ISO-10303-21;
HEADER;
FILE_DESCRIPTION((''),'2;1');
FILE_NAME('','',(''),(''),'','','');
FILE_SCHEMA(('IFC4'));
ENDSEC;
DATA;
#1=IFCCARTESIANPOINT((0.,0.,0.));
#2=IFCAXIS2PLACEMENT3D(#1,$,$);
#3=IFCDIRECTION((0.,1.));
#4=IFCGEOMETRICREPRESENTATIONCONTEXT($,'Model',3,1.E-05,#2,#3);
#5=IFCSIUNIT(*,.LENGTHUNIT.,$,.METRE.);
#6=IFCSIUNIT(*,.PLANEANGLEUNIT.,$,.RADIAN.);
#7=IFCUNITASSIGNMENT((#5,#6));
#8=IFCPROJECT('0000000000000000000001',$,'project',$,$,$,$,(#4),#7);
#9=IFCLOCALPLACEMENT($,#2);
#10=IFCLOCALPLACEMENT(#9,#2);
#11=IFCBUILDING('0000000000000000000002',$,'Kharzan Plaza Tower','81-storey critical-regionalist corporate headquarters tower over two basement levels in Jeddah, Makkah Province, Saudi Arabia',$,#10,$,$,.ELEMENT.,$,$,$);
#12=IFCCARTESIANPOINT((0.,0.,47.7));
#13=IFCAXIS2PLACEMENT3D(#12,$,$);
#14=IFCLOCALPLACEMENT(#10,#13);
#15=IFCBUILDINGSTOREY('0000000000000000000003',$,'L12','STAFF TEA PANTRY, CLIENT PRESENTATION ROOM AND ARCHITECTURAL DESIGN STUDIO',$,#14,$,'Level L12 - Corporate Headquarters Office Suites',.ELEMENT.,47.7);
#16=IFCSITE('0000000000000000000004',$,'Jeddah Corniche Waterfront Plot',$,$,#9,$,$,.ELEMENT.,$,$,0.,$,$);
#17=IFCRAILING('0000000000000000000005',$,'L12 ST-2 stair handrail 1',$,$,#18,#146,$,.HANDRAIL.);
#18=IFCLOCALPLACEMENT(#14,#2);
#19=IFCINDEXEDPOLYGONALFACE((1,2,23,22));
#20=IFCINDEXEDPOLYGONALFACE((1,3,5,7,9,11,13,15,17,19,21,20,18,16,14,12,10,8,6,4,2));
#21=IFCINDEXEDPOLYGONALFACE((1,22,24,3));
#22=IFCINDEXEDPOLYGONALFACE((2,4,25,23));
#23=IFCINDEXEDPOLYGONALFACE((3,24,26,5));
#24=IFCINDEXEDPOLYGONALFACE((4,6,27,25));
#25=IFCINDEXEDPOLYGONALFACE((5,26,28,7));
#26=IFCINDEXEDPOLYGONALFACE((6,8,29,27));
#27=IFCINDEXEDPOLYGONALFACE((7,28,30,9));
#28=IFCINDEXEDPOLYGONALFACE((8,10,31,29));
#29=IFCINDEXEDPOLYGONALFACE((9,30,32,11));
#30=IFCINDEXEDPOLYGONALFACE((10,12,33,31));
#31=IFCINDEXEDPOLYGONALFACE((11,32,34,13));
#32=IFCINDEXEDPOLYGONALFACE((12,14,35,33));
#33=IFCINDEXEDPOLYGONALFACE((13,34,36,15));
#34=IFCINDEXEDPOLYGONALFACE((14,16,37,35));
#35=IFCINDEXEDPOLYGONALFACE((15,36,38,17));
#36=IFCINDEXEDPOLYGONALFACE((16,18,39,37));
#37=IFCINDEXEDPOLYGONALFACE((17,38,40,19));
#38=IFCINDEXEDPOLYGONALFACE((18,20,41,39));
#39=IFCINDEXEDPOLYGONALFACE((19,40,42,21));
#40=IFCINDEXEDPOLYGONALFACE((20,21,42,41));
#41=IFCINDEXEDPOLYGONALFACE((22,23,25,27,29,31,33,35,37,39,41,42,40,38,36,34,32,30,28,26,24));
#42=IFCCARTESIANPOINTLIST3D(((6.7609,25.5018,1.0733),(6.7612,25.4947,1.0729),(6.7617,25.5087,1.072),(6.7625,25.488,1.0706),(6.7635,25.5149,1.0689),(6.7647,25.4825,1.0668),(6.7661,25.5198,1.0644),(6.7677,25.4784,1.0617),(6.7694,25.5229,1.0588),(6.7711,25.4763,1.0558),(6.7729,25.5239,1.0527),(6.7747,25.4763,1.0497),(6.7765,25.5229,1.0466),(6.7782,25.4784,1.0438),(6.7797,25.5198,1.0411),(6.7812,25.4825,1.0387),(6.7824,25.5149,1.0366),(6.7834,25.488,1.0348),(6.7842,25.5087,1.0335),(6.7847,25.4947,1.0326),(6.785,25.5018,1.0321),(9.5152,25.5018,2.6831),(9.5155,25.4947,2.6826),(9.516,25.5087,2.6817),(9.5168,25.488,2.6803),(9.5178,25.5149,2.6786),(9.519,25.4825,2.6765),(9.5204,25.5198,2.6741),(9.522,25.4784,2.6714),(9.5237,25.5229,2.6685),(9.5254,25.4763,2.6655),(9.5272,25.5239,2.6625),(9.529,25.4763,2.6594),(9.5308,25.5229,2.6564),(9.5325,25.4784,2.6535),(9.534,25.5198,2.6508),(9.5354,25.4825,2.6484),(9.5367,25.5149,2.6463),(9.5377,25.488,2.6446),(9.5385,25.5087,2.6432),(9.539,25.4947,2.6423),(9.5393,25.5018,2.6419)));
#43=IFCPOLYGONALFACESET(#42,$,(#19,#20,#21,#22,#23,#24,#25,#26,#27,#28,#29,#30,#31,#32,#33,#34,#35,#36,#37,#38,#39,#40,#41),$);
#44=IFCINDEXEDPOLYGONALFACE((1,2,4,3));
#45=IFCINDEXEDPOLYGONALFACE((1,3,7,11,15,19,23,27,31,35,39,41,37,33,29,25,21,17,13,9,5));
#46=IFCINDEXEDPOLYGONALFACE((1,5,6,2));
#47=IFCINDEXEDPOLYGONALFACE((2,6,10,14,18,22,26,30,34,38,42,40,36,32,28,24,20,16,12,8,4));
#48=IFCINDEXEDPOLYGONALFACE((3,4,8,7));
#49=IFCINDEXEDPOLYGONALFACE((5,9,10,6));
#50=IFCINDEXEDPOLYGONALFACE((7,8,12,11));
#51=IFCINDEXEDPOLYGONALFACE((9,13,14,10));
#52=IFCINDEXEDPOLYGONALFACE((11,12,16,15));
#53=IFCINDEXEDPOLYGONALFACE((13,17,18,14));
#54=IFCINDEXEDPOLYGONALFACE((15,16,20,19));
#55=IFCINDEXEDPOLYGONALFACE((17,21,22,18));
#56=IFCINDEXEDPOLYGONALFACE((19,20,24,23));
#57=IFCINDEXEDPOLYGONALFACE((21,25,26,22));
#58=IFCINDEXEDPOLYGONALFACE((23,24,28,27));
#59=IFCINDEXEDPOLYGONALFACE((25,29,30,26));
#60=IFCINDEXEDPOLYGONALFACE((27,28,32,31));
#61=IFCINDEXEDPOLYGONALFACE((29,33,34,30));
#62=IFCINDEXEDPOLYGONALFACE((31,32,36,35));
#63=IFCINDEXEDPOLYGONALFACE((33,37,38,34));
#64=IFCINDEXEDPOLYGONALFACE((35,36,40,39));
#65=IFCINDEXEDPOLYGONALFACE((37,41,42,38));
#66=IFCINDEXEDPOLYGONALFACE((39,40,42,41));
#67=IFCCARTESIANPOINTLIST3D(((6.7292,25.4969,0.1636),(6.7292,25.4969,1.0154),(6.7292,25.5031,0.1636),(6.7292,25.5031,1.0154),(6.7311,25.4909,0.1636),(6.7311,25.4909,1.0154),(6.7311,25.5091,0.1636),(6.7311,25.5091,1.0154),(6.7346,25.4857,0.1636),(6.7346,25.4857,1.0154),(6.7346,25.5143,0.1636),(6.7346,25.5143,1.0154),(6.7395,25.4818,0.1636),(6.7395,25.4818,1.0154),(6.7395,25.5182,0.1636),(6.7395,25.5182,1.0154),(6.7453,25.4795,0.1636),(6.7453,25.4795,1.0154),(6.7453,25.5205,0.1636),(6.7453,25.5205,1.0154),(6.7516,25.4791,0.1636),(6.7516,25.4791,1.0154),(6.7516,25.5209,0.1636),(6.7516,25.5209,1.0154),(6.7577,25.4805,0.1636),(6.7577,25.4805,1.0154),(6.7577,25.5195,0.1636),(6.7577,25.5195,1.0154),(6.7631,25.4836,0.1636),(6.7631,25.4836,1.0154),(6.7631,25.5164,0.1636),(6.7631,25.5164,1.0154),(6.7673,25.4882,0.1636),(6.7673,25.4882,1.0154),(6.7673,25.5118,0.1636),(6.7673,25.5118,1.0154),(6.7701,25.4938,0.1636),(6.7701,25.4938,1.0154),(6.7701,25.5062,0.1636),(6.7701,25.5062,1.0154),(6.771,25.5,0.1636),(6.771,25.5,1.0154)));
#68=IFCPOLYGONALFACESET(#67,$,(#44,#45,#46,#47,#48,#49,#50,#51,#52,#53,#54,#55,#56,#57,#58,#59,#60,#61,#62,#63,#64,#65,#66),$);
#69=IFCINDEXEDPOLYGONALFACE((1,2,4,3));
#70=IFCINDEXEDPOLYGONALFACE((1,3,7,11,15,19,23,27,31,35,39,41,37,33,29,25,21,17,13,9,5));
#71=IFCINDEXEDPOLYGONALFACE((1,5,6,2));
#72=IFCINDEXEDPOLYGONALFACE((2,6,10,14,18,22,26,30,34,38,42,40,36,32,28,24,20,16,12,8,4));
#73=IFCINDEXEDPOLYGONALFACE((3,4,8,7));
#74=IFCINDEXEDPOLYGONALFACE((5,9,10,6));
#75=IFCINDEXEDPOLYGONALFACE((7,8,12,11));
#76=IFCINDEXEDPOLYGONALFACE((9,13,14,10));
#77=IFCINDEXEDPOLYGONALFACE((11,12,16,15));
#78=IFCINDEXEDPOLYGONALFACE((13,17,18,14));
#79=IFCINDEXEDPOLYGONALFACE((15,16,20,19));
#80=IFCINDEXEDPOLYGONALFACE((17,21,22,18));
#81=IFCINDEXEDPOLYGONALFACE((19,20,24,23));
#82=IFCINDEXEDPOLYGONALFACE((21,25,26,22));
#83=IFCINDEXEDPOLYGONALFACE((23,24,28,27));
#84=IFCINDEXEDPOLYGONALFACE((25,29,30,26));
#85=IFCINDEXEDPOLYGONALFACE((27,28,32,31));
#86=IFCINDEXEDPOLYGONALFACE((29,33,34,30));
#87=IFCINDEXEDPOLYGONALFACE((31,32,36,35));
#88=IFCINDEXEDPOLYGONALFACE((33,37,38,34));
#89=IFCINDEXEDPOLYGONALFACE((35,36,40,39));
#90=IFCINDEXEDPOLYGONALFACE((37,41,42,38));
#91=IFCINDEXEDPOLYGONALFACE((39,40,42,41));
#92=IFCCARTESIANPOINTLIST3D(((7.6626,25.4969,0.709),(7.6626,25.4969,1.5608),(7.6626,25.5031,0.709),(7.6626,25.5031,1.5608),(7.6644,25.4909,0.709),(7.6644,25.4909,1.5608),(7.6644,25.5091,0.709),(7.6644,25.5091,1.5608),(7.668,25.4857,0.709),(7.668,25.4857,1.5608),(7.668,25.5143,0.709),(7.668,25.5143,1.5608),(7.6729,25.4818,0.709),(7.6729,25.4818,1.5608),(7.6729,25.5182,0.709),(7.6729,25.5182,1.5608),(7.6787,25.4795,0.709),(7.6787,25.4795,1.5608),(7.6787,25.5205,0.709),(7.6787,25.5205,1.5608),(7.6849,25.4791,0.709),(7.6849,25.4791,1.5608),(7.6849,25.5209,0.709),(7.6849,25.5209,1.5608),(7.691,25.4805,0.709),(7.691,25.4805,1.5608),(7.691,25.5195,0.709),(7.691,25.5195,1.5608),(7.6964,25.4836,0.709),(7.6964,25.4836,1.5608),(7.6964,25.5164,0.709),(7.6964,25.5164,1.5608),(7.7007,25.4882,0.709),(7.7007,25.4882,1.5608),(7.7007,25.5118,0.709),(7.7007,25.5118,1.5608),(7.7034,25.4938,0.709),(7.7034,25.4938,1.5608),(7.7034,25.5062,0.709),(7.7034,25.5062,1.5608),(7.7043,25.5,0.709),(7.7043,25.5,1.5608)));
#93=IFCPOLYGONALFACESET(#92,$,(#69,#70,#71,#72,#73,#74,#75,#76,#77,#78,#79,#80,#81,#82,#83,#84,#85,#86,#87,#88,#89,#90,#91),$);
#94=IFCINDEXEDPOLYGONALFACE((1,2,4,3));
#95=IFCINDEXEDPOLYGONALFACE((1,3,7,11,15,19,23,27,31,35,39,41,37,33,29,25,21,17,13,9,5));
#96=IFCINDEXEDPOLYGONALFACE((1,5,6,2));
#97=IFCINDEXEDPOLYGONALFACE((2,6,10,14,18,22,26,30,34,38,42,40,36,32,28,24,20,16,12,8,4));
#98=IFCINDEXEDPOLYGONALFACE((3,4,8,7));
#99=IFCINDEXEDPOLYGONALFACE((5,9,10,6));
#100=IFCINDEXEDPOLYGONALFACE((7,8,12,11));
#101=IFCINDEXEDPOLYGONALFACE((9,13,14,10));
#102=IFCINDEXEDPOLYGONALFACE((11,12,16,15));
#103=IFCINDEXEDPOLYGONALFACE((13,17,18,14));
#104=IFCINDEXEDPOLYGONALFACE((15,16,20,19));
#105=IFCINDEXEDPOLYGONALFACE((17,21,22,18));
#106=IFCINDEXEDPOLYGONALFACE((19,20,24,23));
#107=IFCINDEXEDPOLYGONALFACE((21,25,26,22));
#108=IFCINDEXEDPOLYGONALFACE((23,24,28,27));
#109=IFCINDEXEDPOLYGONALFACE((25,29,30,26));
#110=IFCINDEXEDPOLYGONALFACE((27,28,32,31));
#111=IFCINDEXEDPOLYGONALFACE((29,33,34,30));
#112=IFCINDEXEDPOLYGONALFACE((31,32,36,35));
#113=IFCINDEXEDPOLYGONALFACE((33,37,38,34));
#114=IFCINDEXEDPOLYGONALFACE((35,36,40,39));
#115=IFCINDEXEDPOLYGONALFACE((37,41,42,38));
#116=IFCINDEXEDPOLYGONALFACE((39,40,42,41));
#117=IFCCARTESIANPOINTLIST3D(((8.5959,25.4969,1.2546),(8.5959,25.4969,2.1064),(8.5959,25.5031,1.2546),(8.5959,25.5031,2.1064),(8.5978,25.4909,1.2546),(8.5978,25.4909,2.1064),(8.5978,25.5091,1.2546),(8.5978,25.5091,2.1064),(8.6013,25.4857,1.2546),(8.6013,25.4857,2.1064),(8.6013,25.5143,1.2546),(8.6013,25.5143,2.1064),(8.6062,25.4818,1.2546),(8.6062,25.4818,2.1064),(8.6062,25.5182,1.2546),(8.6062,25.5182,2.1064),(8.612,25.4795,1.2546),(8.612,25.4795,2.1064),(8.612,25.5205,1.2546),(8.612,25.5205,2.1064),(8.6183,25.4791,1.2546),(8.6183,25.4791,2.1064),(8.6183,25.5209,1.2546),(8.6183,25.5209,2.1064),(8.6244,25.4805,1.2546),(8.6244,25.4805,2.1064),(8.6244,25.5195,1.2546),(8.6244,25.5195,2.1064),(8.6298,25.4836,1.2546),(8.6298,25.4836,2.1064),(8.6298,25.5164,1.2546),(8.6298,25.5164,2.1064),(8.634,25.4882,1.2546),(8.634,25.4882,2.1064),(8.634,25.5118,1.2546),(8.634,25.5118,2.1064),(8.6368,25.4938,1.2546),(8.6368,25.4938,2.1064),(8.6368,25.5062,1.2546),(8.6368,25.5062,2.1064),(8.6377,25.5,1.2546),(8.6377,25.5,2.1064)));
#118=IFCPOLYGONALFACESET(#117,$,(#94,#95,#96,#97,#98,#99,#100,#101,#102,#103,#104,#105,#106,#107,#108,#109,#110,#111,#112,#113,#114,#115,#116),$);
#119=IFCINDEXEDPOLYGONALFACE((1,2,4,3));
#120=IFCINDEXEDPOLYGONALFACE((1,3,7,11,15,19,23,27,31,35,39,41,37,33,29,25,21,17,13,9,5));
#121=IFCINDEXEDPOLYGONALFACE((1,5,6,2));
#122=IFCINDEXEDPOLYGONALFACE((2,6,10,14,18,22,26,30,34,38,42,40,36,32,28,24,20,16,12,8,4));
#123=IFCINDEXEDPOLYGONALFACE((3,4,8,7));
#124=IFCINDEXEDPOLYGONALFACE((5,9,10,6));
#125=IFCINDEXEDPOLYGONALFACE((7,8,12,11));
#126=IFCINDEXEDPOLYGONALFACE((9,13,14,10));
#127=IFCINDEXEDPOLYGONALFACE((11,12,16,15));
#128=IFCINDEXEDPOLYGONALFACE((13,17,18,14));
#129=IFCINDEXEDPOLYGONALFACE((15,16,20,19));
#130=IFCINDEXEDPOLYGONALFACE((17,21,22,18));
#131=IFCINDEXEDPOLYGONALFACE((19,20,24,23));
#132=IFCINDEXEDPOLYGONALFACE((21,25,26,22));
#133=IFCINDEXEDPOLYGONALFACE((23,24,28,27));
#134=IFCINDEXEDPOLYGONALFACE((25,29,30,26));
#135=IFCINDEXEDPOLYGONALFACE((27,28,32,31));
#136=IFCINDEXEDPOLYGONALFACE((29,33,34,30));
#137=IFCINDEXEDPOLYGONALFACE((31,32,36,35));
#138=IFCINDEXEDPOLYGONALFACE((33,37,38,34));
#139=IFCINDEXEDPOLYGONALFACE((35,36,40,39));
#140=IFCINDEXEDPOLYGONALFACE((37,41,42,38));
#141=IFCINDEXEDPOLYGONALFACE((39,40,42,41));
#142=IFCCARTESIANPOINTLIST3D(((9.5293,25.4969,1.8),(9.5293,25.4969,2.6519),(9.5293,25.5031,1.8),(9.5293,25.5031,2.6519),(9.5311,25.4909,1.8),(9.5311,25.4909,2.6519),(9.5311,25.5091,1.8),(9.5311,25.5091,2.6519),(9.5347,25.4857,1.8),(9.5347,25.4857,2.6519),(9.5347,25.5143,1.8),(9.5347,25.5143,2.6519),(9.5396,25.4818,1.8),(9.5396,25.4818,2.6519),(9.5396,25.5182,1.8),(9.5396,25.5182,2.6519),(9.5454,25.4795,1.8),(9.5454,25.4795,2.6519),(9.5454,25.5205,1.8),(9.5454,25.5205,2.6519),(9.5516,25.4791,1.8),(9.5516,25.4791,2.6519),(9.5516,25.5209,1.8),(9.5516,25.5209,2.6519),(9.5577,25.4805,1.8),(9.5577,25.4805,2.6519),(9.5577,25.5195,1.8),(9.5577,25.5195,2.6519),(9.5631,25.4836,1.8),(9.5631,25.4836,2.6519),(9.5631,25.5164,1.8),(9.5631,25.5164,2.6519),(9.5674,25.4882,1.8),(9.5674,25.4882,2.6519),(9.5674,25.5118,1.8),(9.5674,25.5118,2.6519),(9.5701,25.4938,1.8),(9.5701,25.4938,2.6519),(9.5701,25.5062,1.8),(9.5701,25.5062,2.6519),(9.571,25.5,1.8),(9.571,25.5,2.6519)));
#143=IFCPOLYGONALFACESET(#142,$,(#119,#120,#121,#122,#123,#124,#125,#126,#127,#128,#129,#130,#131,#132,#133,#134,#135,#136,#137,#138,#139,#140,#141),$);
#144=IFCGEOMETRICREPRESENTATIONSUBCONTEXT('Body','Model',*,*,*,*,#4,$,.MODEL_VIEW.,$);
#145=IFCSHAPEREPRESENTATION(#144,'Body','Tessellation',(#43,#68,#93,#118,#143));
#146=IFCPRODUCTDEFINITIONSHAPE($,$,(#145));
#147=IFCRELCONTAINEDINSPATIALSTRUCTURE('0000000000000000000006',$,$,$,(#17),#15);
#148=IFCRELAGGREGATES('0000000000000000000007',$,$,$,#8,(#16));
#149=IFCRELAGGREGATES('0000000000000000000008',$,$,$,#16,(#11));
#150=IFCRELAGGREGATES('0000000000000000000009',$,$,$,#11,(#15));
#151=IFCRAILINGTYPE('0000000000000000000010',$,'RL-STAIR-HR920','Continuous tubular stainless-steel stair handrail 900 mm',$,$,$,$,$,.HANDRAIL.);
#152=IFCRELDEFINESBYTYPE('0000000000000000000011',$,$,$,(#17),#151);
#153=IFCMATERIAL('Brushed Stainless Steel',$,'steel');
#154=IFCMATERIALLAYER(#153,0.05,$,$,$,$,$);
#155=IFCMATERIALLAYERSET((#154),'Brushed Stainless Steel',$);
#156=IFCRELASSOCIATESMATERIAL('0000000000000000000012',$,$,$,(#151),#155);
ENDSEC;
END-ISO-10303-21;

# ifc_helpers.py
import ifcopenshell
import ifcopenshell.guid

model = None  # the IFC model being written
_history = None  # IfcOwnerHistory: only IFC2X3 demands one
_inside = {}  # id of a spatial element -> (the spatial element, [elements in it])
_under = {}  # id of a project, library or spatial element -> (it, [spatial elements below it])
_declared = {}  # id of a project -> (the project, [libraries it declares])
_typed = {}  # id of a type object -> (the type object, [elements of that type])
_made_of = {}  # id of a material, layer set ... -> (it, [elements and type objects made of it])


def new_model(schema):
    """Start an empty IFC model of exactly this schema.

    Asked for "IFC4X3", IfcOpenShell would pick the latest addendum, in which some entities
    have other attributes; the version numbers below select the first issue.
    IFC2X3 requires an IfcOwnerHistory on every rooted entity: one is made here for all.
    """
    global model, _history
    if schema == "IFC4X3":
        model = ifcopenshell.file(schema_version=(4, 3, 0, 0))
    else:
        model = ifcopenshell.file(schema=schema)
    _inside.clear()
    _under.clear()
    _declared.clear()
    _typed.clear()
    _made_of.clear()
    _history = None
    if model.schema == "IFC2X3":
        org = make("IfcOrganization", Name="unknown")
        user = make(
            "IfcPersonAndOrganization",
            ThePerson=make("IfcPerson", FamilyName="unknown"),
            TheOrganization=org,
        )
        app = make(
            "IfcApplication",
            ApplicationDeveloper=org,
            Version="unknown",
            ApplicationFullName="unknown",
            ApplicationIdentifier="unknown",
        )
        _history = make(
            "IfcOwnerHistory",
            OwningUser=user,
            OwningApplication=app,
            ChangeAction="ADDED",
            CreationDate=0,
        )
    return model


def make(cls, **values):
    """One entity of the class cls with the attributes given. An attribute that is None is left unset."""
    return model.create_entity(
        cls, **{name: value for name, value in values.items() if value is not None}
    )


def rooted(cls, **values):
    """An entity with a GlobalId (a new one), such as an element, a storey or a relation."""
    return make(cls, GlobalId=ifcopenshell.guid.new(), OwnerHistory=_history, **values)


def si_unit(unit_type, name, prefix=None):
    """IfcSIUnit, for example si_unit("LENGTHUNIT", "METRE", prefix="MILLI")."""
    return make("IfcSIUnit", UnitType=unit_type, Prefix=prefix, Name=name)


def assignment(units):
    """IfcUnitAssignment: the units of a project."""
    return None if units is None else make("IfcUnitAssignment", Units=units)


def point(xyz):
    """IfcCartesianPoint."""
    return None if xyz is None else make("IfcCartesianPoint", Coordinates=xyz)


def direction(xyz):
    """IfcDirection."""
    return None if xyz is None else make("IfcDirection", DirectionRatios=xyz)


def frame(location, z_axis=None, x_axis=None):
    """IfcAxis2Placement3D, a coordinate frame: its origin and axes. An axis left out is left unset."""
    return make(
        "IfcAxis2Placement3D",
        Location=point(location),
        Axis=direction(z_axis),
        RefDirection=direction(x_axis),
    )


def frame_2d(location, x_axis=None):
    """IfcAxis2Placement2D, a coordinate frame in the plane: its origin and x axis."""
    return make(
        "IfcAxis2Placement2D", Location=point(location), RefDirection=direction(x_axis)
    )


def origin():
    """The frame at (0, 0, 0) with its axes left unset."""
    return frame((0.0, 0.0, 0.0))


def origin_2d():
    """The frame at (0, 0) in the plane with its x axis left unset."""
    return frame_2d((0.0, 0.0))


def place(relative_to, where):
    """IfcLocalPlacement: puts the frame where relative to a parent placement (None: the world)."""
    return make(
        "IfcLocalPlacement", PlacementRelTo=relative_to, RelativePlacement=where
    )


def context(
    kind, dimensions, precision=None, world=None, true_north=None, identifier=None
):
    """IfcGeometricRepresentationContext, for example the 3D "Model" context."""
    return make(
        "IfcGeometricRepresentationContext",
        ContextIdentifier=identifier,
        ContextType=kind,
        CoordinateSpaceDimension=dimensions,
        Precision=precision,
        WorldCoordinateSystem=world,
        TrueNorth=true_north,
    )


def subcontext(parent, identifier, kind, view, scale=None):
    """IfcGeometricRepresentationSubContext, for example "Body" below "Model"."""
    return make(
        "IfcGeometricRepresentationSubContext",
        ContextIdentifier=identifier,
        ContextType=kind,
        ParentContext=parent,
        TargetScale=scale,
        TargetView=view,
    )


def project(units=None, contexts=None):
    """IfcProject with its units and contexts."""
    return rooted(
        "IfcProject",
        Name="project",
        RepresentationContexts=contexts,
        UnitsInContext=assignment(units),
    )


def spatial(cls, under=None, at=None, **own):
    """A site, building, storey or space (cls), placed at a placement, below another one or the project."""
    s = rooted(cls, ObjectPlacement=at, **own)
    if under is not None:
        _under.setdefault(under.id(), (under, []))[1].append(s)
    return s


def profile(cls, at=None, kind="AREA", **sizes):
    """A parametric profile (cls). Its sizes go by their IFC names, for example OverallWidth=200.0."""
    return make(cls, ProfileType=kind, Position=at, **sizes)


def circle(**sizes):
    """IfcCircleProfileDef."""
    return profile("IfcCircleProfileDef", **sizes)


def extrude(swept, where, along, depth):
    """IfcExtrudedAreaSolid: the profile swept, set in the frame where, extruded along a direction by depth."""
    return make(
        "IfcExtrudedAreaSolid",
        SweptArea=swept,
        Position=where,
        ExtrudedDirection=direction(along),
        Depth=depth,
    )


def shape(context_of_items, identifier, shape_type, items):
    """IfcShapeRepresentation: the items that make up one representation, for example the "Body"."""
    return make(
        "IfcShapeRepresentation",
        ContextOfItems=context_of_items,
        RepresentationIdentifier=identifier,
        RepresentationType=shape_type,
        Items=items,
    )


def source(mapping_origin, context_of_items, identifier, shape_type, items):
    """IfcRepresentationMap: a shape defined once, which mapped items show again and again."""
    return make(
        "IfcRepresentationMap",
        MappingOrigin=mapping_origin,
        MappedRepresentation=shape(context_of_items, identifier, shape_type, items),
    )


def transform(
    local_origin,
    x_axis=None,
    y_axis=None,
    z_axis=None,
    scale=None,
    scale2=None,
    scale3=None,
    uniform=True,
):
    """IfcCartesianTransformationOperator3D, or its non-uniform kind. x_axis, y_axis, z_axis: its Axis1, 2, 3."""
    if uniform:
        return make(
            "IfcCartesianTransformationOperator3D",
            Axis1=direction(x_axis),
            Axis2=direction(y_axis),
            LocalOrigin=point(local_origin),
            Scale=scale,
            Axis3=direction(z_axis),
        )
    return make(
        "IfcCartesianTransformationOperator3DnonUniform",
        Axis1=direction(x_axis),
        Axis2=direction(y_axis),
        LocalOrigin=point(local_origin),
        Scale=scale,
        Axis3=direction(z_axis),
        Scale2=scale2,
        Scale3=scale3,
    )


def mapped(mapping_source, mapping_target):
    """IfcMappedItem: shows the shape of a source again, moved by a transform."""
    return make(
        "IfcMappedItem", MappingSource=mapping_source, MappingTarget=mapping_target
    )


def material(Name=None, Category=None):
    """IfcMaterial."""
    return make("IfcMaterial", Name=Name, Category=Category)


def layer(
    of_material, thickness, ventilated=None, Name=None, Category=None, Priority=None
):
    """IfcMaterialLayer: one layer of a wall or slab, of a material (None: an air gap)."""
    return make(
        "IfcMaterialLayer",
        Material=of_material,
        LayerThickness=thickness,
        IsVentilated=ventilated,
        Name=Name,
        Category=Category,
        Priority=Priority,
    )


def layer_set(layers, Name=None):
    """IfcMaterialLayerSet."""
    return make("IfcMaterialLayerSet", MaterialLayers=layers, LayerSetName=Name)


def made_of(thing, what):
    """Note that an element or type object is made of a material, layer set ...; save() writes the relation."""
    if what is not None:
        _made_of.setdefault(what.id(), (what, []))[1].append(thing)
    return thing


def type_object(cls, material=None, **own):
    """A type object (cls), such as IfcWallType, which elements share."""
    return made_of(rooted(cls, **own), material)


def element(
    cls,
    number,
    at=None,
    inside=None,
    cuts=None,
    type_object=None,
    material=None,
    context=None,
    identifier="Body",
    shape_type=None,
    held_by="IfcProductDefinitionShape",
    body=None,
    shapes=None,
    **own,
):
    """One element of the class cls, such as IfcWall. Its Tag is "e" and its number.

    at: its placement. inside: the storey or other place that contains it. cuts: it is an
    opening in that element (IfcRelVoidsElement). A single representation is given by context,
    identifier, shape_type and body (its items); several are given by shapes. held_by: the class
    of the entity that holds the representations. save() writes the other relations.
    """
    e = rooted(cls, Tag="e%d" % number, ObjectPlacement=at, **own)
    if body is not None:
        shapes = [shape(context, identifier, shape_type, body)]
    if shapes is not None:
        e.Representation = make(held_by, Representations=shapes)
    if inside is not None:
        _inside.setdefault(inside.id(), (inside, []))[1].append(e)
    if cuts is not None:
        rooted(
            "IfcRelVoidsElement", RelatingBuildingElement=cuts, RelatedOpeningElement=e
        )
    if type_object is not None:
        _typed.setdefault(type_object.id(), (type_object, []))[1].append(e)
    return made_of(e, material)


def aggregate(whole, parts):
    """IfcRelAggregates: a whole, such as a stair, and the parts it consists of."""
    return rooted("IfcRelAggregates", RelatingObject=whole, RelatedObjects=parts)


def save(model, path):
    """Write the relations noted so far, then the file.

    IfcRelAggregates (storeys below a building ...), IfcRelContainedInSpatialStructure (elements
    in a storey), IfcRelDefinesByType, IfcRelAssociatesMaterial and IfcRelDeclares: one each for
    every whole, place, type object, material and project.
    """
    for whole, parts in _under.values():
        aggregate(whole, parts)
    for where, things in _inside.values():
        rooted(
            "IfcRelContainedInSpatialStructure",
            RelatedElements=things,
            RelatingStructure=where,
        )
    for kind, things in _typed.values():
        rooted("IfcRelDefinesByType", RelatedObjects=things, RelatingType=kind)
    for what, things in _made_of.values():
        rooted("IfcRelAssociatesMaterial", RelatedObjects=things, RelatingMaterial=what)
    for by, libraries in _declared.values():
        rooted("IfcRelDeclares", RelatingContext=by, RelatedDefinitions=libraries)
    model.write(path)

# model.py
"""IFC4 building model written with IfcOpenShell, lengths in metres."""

from ifc_helpers import new_model, si_unit, direction, frame, origin, origin_2d, place, context, subcontext, project, spatial, circle, extrude, source, transform, mapped, material, layer, layer_set, type_object, element, save


model = new_model("IFC4")

# Units and contexts
model_context = context("Model", 3, precision=1e-05, world=origin(), true_north=direction((0.0, 1.0)))
body_context = subcontext(model_context, "Body", "Model", "MODEL_VIEW")
ifc_project = project(units=[si_unit("LENGTHUNIT", "METRE"), si_unit("PLANEANGLEUNIT", "RADIAN")], contexts=[model_context])

# Site, building, storey
site_placement = place(None, origin())
site = spatial("IfcSite", under=ifc_project, at=site_placement, Name="Jeddah Corniche Waterfront Plot", CompositionType="ELEMENT", RefElevation=0.0)
building_placement = place(site_placement, origin())
building = spatial("IfcBuilding", under=site, at=building_placement, Name="Kharzan Plaza Tower", Description="81-storey critical-regionalist corporate headquarters tower over two basement levels in Jeddah, Makkah Province, Saudi Arabia", CompositionType="ELEMENT")
storey_placement = place(building_placement, frame((0.0, 0.0, 47.7)))
storey = spatial("IfcBuildingStorey", under=building, at=storey_placement, Name="L12", Description="STAFF TEA PANTRY, CLIENT PRESENTATION ROOM AND ARCHITECTURAL DESIGN STUDIO", LongName="Level L12 - Corporate Headquarters Office Suites", CompositionType="ELEMENT", Elevation=47.7)

# Shared definitions
ifc_material_1 = material(Name="Brushed Stainless Steel", Category="steel")

# Railing
ifc_layer_1 = layer(ifc_material_1, 0.05)
ifc_layer_set_1 = layer_set([ifc_layer_1], Name="Brushed Stainless Steel")
railing_type_1 = type_object("IfcRailingType", Name="RL-STAIR-HR920", Description="Continuous tubular stainless-steel stair handrail 900 mm", PredefinedType="HANDRAIL", material=ifc_layer_set_1)
shared_shape_1 = source(origin(), body_context, "Body", "SweptSolid", [
    extrude(circle(Radius=0.0239, at=origin_2d()), frame((0.0229, 0.0, 0.8892), z_axis=(0.863361, 0.0, 0.504587), x_axis=(0.0, 1.0, 0.0)), (0.0, 0.0, 1.0), 3.1902),
    extrude(circle(Radius=0.021, at=origin_2d()), origin(), (0.0, 0.0, 1.0), 0.8518),
    extrude(circle(Radius=0.021, at=origin_2d()), frame((0.9333, 0.0, 0.5454)), (0.0, 0.0, 1.0), 0.8518),
    extrude(circle(Radius=0.021, at=origin_2d()), frame((1.8667, 0.0, 1.0911)), (0.0, 0.0, 1.0), 0.8518),
    extrude(circle(Radius=0.021, at=origin_2d()), frame((2.8, 0.0, 1.6365)), (0.0, 0.0, 1.0), 0.8518),
])
railing_1_placement = place(storey_placement, frame((6.75, 25.5, 0.1636)))
element("IfcRailing", 1, at=railing_1_placement, inside=storey, type_object=railing_type_1, Name="L12 ST-2 stair handrail 1", PredefinedType="HANDRAIL", context=body_context, shape_type="MappedRepresentation", body=[
    mapped(shared_shape_1, transform((0.0, 0.0, 0.0), x_axis=(1.0, 0.0, 0.0), y_axis=(0.0, 1.0, 0.0), z_axis=(0.0, 0.0, 1.0))),
])

save(model, "model.ifc")
